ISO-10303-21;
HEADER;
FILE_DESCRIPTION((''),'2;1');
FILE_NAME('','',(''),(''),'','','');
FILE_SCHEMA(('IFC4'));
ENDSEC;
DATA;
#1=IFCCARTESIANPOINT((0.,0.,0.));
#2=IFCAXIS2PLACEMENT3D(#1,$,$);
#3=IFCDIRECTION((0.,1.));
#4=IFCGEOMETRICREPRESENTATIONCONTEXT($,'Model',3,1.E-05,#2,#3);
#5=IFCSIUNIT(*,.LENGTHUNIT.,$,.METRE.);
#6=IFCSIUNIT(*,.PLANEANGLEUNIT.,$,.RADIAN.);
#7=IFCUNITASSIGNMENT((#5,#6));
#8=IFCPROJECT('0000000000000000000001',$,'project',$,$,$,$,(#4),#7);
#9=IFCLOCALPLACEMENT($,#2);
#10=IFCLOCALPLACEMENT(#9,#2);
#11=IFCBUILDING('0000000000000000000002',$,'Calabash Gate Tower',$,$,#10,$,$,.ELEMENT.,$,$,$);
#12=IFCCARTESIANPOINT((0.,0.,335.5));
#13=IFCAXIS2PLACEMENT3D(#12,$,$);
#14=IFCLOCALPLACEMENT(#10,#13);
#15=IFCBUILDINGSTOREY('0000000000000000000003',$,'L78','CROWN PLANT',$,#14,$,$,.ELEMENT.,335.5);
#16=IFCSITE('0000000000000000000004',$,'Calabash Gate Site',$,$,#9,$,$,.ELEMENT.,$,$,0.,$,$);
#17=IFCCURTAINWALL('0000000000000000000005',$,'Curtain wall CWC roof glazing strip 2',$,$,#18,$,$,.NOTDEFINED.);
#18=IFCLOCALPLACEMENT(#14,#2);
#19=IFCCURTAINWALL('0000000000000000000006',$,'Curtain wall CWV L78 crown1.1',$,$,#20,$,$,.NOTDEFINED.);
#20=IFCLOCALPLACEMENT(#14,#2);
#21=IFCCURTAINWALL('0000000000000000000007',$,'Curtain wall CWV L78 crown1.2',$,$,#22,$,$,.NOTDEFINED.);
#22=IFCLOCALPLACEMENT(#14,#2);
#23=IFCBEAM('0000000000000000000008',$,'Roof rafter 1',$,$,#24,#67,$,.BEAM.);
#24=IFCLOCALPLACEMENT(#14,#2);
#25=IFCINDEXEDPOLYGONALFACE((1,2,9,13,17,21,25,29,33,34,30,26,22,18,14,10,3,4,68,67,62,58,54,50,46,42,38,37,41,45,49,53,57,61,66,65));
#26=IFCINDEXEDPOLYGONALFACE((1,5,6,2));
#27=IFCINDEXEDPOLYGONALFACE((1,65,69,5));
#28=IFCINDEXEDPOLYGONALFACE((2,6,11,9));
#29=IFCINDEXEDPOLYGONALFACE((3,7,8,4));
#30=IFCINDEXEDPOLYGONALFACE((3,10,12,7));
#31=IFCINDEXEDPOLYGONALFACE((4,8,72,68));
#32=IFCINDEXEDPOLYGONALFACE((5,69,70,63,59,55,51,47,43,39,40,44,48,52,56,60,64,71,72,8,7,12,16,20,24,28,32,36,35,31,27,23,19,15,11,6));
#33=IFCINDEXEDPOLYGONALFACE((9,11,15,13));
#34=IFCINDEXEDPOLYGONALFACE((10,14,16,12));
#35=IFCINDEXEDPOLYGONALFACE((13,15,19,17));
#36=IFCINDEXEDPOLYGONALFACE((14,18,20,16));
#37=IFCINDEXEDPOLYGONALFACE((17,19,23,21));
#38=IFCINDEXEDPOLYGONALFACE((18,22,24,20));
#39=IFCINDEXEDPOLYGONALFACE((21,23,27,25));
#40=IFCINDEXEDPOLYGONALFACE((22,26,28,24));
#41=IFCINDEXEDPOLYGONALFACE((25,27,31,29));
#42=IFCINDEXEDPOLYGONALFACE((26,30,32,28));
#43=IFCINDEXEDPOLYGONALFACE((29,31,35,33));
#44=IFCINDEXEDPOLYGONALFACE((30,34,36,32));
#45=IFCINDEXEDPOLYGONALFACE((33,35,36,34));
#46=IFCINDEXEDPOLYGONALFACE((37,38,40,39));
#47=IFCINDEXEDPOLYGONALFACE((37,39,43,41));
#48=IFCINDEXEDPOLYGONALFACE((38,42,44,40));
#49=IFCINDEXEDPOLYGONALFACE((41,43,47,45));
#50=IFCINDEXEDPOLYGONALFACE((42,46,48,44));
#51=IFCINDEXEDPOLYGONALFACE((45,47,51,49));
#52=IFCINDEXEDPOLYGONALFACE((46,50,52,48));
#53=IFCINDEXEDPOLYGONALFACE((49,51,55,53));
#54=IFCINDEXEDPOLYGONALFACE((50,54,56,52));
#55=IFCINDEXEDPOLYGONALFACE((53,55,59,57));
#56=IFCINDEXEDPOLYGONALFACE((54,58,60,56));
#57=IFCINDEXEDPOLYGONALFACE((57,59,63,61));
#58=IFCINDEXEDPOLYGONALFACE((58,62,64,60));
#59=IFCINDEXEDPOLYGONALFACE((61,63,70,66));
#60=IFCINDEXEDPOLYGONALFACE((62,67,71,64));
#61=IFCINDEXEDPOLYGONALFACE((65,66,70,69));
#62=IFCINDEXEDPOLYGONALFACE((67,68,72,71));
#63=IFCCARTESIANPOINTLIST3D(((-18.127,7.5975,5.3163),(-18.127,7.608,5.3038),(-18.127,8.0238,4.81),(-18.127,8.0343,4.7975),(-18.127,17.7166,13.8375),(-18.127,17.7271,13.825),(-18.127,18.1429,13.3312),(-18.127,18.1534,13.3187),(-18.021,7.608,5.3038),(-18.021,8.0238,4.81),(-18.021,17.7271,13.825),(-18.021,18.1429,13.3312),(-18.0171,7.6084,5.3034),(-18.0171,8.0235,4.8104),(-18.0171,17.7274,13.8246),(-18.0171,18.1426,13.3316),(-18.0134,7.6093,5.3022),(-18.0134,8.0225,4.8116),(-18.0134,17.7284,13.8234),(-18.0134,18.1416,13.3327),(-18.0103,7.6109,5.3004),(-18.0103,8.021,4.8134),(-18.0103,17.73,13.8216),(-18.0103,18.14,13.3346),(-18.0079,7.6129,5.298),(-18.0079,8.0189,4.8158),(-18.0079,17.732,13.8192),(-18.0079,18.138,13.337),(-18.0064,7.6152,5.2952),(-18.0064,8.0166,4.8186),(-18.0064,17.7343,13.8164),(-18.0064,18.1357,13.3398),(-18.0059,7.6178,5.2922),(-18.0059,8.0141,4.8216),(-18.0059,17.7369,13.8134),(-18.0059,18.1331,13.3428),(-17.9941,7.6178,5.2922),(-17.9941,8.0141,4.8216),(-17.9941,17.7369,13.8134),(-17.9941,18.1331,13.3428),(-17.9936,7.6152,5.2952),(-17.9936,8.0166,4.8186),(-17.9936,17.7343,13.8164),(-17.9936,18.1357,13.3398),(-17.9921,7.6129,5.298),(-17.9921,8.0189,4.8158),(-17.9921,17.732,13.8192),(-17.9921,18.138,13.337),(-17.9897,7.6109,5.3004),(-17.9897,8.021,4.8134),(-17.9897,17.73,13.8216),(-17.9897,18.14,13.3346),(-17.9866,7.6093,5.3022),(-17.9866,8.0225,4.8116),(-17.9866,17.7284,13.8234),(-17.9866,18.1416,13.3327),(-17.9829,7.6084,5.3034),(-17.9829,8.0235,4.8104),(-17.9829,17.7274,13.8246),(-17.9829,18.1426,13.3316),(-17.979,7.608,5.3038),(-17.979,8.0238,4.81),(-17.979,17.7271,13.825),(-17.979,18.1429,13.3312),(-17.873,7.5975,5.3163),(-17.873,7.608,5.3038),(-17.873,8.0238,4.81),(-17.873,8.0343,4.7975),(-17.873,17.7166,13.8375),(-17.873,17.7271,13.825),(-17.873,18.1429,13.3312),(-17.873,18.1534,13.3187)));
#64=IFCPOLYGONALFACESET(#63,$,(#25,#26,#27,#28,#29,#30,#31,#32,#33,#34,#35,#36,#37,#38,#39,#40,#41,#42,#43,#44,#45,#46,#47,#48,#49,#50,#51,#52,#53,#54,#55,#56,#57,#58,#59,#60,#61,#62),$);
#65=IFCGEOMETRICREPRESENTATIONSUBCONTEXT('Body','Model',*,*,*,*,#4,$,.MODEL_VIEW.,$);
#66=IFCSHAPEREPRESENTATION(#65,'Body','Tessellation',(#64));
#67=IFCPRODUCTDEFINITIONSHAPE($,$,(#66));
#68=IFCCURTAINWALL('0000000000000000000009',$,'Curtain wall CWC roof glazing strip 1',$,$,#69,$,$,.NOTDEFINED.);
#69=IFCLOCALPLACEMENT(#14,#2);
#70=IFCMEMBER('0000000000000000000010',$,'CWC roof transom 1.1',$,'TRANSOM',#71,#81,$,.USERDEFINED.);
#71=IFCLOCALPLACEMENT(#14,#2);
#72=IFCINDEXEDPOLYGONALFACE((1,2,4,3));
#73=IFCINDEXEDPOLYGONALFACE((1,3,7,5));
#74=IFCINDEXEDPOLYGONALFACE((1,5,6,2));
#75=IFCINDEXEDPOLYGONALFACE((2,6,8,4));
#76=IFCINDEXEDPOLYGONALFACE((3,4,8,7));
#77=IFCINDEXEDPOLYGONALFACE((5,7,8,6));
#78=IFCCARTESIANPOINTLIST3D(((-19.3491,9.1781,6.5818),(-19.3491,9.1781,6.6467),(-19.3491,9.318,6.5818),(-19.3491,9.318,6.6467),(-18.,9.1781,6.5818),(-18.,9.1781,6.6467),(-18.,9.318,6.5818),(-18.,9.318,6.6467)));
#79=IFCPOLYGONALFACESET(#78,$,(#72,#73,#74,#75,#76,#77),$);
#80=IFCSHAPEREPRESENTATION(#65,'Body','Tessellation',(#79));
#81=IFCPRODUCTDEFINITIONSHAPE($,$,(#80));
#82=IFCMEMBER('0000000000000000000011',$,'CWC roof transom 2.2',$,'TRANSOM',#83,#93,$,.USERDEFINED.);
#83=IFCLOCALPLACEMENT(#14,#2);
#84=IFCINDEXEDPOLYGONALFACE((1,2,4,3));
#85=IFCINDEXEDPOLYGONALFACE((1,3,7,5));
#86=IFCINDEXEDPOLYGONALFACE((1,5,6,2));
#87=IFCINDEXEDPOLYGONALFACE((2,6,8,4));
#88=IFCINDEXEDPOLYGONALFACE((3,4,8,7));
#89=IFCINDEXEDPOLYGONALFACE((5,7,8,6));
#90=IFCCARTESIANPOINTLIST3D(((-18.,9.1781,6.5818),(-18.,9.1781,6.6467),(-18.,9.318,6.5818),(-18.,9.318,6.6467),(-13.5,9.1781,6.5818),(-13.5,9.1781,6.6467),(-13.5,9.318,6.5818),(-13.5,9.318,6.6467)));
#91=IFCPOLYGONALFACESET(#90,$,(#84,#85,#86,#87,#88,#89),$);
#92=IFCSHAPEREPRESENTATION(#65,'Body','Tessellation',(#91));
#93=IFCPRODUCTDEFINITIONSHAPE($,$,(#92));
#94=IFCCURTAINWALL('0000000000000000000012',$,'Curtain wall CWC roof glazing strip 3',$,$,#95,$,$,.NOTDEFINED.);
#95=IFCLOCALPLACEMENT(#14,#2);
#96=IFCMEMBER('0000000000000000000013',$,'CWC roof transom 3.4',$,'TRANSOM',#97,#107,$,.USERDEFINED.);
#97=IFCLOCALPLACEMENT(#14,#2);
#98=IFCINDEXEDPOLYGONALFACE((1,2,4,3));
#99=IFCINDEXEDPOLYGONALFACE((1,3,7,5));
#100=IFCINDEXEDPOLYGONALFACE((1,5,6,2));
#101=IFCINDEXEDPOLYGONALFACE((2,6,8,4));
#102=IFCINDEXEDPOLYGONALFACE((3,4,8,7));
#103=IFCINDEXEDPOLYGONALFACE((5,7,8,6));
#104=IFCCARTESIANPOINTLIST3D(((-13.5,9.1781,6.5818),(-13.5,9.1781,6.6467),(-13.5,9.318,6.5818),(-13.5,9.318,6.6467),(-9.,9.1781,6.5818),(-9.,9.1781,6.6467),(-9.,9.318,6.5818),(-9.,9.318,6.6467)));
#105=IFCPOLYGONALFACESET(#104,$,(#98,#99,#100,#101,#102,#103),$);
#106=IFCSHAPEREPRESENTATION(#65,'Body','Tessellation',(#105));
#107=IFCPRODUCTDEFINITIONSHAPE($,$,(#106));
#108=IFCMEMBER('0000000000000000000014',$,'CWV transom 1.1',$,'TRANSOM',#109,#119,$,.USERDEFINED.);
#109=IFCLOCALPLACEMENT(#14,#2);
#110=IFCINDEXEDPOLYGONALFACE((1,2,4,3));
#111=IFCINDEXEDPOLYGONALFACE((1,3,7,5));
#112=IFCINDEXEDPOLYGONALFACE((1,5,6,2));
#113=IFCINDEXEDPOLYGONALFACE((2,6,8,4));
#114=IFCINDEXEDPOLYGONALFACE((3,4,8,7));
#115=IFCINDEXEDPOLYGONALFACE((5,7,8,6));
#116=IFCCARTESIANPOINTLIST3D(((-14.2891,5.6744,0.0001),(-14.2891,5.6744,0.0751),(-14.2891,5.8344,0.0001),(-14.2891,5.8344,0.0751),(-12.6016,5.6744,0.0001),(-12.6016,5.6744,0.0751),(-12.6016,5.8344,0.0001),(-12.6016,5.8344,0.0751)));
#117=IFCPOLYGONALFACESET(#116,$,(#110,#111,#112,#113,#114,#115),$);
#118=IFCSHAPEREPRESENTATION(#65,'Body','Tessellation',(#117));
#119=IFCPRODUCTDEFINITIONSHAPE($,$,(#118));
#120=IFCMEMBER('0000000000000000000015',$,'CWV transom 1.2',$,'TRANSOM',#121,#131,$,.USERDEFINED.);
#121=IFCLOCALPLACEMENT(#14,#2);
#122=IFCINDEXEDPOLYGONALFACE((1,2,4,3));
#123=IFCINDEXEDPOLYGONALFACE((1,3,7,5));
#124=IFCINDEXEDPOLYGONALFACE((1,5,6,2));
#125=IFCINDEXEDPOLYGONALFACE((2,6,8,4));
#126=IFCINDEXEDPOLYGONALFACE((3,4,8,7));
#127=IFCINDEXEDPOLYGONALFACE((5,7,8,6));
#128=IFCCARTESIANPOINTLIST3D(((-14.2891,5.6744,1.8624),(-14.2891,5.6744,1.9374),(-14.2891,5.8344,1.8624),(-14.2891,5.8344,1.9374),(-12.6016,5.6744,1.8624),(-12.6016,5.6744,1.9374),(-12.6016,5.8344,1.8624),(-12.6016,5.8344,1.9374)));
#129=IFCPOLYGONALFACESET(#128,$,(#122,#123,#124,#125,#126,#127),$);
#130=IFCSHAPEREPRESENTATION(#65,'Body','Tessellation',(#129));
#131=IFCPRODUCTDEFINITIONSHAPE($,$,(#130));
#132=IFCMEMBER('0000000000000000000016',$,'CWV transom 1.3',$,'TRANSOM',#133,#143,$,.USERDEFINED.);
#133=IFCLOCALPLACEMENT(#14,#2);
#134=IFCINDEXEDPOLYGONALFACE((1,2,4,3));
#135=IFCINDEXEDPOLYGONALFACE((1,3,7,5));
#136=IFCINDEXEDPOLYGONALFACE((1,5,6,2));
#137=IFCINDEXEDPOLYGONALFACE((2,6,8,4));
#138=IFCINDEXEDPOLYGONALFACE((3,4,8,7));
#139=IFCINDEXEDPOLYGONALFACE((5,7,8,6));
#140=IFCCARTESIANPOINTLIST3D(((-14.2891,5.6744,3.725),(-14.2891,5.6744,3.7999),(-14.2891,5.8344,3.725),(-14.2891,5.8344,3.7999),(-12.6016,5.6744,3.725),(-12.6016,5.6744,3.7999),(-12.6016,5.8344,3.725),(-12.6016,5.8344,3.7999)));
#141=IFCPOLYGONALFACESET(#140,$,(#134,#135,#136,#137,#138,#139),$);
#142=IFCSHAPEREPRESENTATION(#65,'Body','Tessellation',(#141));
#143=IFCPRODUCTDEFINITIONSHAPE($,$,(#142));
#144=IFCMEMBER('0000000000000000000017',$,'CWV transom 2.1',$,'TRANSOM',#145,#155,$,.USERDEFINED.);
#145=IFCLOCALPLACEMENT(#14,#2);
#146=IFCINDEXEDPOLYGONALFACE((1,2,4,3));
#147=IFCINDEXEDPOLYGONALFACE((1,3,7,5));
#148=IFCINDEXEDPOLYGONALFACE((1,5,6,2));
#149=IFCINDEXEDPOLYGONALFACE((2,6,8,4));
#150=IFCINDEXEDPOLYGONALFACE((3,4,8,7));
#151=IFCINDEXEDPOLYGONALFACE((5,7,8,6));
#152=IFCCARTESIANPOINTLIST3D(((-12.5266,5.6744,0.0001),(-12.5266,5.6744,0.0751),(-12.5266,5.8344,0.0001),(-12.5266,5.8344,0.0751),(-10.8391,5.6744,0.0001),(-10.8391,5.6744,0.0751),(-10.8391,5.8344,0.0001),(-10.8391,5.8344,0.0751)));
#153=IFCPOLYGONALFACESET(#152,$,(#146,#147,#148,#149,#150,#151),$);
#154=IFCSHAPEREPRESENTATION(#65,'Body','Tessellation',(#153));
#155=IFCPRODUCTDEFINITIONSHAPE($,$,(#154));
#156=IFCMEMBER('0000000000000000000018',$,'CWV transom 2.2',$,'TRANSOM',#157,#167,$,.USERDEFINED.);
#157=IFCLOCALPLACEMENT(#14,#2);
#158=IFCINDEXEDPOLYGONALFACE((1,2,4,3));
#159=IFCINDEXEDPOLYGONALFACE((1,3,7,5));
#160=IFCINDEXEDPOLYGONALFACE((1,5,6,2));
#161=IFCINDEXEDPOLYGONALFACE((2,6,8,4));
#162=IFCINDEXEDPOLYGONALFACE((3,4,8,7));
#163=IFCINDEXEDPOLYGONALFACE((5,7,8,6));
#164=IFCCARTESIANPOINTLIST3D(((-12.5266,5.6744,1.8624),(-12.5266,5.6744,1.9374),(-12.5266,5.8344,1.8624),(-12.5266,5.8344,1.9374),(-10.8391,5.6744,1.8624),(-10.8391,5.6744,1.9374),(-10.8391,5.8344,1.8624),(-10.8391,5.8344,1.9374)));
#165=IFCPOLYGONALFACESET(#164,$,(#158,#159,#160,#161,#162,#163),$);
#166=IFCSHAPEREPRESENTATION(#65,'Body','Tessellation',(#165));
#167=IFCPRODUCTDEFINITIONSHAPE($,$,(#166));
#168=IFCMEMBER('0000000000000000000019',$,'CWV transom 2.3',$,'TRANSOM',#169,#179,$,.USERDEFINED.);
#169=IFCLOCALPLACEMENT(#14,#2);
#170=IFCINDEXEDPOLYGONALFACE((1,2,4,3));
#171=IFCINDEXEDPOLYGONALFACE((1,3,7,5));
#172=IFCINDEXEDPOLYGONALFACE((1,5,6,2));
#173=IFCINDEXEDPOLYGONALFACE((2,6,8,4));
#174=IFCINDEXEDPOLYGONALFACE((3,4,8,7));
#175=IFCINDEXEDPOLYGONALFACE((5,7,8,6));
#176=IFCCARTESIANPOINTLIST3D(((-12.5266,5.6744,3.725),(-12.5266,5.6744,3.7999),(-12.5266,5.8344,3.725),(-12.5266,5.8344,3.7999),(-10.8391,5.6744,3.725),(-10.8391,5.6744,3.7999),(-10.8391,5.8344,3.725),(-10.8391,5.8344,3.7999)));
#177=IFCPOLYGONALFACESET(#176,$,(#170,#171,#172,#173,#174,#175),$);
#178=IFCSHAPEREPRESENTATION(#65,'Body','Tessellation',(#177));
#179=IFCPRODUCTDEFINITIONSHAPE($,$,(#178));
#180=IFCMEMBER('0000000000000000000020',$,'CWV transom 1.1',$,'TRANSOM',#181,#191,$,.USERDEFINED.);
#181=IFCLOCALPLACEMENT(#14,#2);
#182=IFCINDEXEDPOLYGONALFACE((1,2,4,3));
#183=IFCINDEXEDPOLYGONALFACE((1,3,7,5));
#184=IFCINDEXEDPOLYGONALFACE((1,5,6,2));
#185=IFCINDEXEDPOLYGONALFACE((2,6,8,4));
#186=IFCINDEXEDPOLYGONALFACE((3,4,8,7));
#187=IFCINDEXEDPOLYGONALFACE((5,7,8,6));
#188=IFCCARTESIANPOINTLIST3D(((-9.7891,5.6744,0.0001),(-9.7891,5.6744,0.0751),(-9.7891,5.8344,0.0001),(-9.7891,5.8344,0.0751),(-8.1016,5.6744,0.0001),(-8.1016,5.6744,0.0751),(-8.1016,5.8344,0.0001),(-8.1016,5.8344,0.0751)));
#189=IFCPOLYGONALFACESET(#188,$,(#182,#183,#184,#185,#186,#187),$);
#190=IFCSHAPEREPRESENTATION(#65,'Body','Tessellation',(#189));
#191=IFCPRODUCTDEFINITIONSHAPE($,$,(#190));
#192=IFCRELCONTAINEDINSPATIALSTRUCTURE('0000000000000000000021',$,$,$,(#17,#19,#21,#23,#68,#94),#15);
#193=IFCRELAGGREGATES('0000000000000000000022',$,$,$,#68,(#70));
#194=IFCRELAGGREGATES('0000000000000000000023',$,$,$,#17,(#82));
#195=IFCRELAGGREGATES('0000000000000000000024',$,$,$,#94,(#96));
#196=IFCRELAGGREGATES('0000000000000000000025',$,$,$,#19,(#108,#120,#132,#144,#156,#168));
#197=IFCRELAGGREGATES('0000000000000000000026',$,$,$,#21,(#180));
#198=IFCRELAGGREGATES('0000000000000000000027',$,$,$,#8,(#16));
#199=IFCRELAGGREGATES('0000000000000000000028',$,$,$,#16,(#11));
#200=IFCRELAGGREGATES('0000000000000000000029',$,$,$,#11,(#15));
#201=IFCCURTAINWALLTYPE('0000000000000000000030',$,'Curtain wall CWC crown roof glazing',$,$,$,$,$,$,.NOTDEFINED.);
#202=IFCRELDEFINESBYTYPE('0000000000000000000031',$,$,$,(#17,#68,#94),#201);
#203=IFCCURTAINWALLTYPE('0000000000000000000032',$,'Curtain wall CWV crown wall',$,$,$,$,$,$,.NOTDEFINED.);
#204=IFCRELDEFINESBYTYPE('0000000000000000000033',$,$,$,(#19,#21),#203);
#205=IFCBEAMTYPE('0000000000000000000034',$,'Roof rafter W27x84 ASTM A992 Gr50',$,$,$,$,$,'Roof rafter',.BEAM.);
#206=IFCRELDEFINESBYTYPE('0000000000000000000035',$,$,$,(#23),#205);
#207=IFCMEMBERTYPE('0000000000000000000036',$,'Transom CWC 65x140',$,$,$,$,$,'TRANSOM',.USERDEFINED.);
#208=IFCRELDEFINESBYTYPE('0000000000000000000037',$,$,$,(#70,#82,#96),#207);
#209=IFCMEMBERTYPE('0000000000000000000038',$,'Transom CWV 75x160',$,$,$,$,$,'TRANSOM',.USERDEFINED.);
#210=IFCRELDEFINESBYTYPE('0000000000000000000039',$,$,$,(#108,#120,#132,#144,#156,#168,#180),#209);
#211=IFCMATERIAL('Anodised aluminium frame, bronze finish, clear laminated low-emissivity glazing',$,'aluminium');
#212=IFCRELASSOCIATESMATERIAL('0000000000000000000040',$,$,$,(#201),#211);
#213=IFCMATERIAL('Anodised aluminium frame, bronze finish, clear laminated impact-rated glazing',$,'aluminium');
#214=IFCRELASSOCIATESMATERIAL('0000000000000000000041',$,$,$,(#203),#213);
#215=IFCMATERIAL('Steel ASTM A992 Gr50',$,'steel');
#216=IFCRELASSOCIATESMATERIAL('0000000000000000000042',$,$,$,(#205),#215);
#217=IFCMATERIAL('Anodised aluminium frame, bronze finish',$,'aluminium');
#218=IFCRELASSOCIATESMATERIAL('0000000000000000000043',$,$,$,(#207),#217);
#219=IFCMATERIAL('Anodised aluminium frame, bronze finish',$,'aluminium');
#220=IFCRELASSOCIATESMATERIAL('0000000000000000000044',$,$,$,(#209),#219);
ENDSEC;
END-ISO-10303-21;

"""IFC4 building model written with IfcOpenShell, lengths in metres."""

from ifc_helpers import new_model, si_unit, direction, frame, origin, origin_2d, place, context, subcontext, project, spatial, rectangle, i_section, extrude, material, material_profile, profile_set, type_object, element, aggregate, save


model = new_model("IFC4")

# Units and contexts
model_context = context("Model", 3, precision=1e-05, world=origin(), true_north=direction((0.0, 1.0)))
body_context = subcontext(model_context, "Body", "Model", "MODEL_VIEW")
ifc_project = project(units=[si_unit("LENGTHUNIT", "METRE"), si_unit("PLANEANGLEUNIT", "RADIAN")], contexts=[model_context])

# Site, building, storey
site_placement = place(None, origin())
site = spatial("IfcSite", under=ifc_project, at=site_placement, Name="Calabash Gate Site", CompositionType="ELEMENT", RefElevation=0.0)
building_placement = place(site_placement, origin())
building = spatial("IfcBuilding", under=site, at=building_placement, Name="Calabash Gate Tower", CompositionType="ELEMENT")
storey_placement = place(building_placement, frame((0.0, 0.0, 335.5)))
storey = spatial("IfcBuildingStorey", under=building, at=storey_placement, Name="L78", Description="CROWN PLANT", CompositionType="ELEMENT", Elevation=335.5)

# Curtain wall
ifc_material_1 = material(Name="Anodised aluminium frame, bronze finish, clear laminated low-emissivity glazing", Category="aluminium")
curtain_wall_type_1 = type_object("IfcCurtainWallType", Name="Curtain wall CWC crown roof glazing", PredefinedType="NOTDEFINED", material=ifc_material_1)
curtain_wall_1_placement = place(storey_placement, origin())
curtain_wall_1 = element("IfcCurtainWall", 1, at=curtain_wall_1_placement, inside=storey, type_object=curtain_wall_type_1, Name="Curtain wall CWC roof glazing strip 2", PredefinedType="NOTDEFINED")

# Curtain wall
ifc_material_2 = material(Name="Anodised aluminium frame, bronze finish, clear laminated impact-rated glazing", Category="aluminium")
curtain_wall_type_2 = type_object("IfcCurtainWallType", Name="Curtain wall CWV crown wall", PredefinedType="NOTDEFINED", material=ifc_material_2)
curtain_wall_2_placement = place(storey_placement, origin())
curtain_wall_2 = element("IfcCurtainWall", 2, at=curtain_wall_2_placement, inside=storey, type_object=curtain_wall_type_2, Name="Curtain wall CWV L78 crown1.1", PredefinedType="NOTDEFINED")

# Curtain wall
curtain_wall_3_placement = place(storey_placement, origin())
curtain_wall_3 = element("IfcCurtainWall", 3, at=curtain_wall_3_placement, inside=storey, type_object=curtain_wall_type_2, Name="Curtain wall CWV L78 crown1.2", PredefinedType="NOTDEFINED")

# Beam
ifc_material_3 = material(Name="Steel ASTM A992 Gr50", Category="steel")
ifc_material_profile_1 = material_profile(ifc_material_3, i_section(OverallWidth=0.2539, OverallDepth=0.6782, WebThickness=0.0117, FlangeThickness=0.0164, FilletRadius=0.0151, at=origin_2d()))
ifc_profile_set_1 = profile_set([ifc_material_profile_1], Name="Steel ASTM A992 Gr50")
beam_type_1 = type_object("IfcBeamType", Name="Roof rafter W27x84 ASTM A992 Gr50", ElementType="Roof rafter", PredefinedType="BEAM", material=ifc_profile_set_1)
beam_1_placement = place(storey_placement, frame((-18.0, 7.8159, 5.0569), z_axis=(0.0, 0.764916, 0.644129), x_axis=(-1.0, 0.0, 0.0)))
element("IfcBeam", 4, at=beam_1_placement, inside=storey, type_object=beam_type_1, Name="Roof rafter 1", PredefinedType="BEAM", context=body_context, shape_type="SweptSolid", body=[
    extrude(i_section(OverallWidth=0.2539, OverallDepth=0.6782, WebThickness=0.0117, FlangeThickness=0.0164, FilletRadius=0.0151, at=origin_2d()), origin(), (0.0, 0.0, 1.0), 13.229),
])

# Curtain wall, member
curtain_wall_4_placement = place(storey_placement, origin())
curtain_wall_4 = element("IfcCurtainWall", 5, at=curtain_wall_4_placement, inside=storey, type_object=curtain_wall_type_1, Name="Curtain wall CWC roof glazing strip 1", PredefinedType="NOTDEFINED")
ifc_material_4 = material(Name="Anodised aluminium frame, bronze finish", Category="aluminium")
ifc_material_profile_2 = material_profile(ifc_material_4, rectangle(XDim=0.1399, YDim=0.0649, at=origin_2d()))
ifc_profile_set_2 = profile_set([ifc_material_profile_2], Name="Anodised aluminium frame, bronze finish")
member_type_1 = type_object("IfcMemberType", Name="Transom CWC 65x140", ElementType="TRANSOM", PredefinedType="USERDEFINED", material=ifc_profile_set_2)
member_1_placement = place(storey_placement, frame((-19.3491, 9.248, 6.6143), z_axis=(1.0, 0.0, 0.0), x_axis=(0.0, 1.0, 0.0)))
member_1 = element("IfcMember", 6, at=member_1_placement, type_object=member_type_1, Name="CWC roof transom 1.1", ObjectType="TRANSOM", PredefinedType="USERDEFINED", context=body_context, shape_type="SweptSolid", body=[
    extrude(rectangle(XDim=0.1399, YDim=0.0649, at=origin_2d()), origin(), (0.0, 0.0, 1.0), 1.3491),
])

# Member
member_2_placement = place(storey_placement, frame((-18.0, 9.248, 6.6143), z_axis=(1.0, 0.0, 0.0), x_axis=(0.0, 1.0, 0.0)))
member_2 = element("IfcMember", 7, at=member_2_placement, type_object=member_type_1, Name="CWC roof transom 2.2", ObjectType="TRANSOM", PredefinedType="USERDEFINED", context=body_context, shape_type="SweptSolid", body=[
    extrude(rectangle(XDim=0.1399, YDim=0.0649, at=origin_2d()), origin(), (0.0, 0.0, 1.0), 4.5),
])

# Curtain wall, member
curtain_wall_5_placement = place(storey_placement, origin())
curtain_wall_5 = element("IfcCurtainWall", 8, at=curtain_wall_5_placement, inside=storey, type_object=curtain_wall_type_1, Name="Curtain wall CWC roof glazing strip 3", PredefinedType="NOTDEFINED")
member_3_placement = place(storey_placement, frame((-13.5, 9.248, 6.6143), z_axis=(1.0, 0.0, 0.0), x_axis=(0.0, 1.0, 0.0)))
member_3 = element("IfcMember", 9, at=member_3_placement, type_object=member_type_1, Name="CWC roof transom 3.4", ObjectType="TRANSOM", PredefinedType="USERDEFINED", context=body_context, shape_type="SweptSolid", body=[
    extrude(rectangle(XDim=0.1399, YDim=0.0649, at=origin_2d()), origin(), (0.0, 0.0, 1.0), 4.5),
])

# Members
ifc_material_5 = material(Name="Anodised aluminium frame, bronze finish", Category="aluminium")
ifc_material_profile_3 = material_profile(ifc_material_5, rectangle(XDim=0.1599, YDim=0.075, at=origin_2d()))
ifc_profile_set_3 = profile_set([ifc_material_profile_3], Name="Anodised aluminium frame, bronze finish")
member_type_2 = type_object("IfcMemberType", Name="Transom CWV 75x160", ElementType="TRANSOM", PredefinedType="USERDEFINED", material=ifc_profile_set_3)
member_4_placement = place(storey_placement, frame((-14.2891, 5.7544, 0.0376), z_axis=(1.0, 0.0, 0.0), x_axis=(0.0, 1.0, 0.0)))
member_4 = element("IfcMember", 10, at=member_4_placement, type_object=member_type_2, Name="CWV transom 1.1", ObjectType="TRANSOM", PredefinedType="USERDEFINED", context=body_context, shape_type="SweptSolid", body=[
    extrude(rectangle(XDim=0.1599, YDim=0.075, at=origin_2d()), origin(), (0.0, 0.0, 1.0), 1.6875),
])
member_5_placement = place(storey_placement, frame((-14.2891, 5.7544, 1.8999), z_axis=(1.0, 0.0, 0.0), x_axis=(0.0, 1.0, 0.0)))
member_5 = element("IfcMember", 11, at=member_5_placement, type_object=member_type_2, Name="CWV transom 1.2", ObjectType="TRANSOM", PredefinedType="USERDEFINED", context=body_context, shape_type="SweptSolid", body=[
    extrude(rectangle(XDim=0.1599, YDim=0.075, at=origin_2d()), origin(), (0.0, 0.0, 1.0), 1.6875),
])
member_6_placement = place(storey_placement, frame((-14.2891, 5.7544, 3.7625), z_axis=(1.0, 0.0, 0.0), x_axis=(0.0, 1.0, 0.0)))
member_6 = element("IfcMember", 12, at=member_6_placement, type_object=member_type_2, Name="CWV transom 1.3", ObjectType="TRANSOM", PredefinedType="USERDEFINED", context=body_context, shape_type="SweptSolid", body=[
    extrude(rectangle(XDim=0.1599, YDim=0.075, at=origin_2d()), origin(), (0.0, 0.0, 1.0), 1.6875),
])
member_7_placement = place(storey_placement, frame((-12.5266, 5.7544, 0.0376), z_axis=(1.0, 0.0, 0.0), x_axis=(0.0, 1.0, 0.0)))
member_7 = element("IfcMember", 13, at=member_7_placement, type_object=member_type_2, Name="CWV transom 2.1", ObjectType="TRANSOM", PredefinedType="USERDEFINED", context=body_context, shape_type="SweptSolid", body=[
    extrude(rectangle(XDim=0.1599, YDim=0.075, at=origin_2d()), origin(), (0.0, 0.0, 1.0), 1.6875),
])
member_8_placement = place(storey_placement, frame((-12.5266, 5.7544, 1.8999), z_axis=(1.0, 0.0, 0.0), x_axis=(0.0, 1.0, 0.0)))
member_8 = element("IfcMember", 14, at=member_8_placement, type_object=member_type_2, Name="CWV transom 2.2", ObjectType="TRANSOM", PredefinedType="USERDEFINED", context=body_context, shape_type="SweptSolid", body=[
    extrude(rectangle(XDim=0.1599, YDim=0.075, at=origin_2d()), origin(), (0.0, 0.0, 1.0), 1.6875),
])
member_9_placement = place(storey_placement, frame((-12.5266, 5.7544, 3.7625), z_axis=(1.0, 0.0, 0.0), x_axis=(0.0, 1.0, 0.0)))
member_9 = element("IfcMember", 15, at=member_9_placement, type_object=member_type_2, Name="CWV transom 2.3", ObjectType="TRANSOM", PredefinedType="USERDEFINED", context=body_context, shape_type="SweptSolid", body=[
    extrude(rectangle(XDim=0.1599, YDim=0.075, at=origin_2d()), origin(), (0.0, 0.0, 1.0), 1.6875),
])
member_10_placement = place(storey_placement, frame((-9.7891, 5.7544, 0.0376), z_axis=(1.0, 0.0, 0.0), x_axis=(0.0, 1.0, 0.0)))
member_10 = element("IfcMember", 16, at=member_10_placement, type_object=member_type_2, Name="CWV transom 1.1", ObjectType="TRANSOM", PredefinedType="USERDEFINED", context=body_context, shape_type="SweptSolid", body=[
    extrude(rectangle(XDim=0.1599, YDim=0.075, at=origin_2d()), origin(), (0.0, 0.0, 1.0), 1.6875),
])

aggregate(curtain_wall_4, [member_1])
aggregate(curtain_wall_1, [member_2])
aggregate(curtain_wall_5, [member_3])
aggregate(curtain_wall_2, [member_4, member_5, member_6, member_7, member_8, member_9])
aggregate(curtain_wall_3, [member_10])

save(model, "model.ifc")
